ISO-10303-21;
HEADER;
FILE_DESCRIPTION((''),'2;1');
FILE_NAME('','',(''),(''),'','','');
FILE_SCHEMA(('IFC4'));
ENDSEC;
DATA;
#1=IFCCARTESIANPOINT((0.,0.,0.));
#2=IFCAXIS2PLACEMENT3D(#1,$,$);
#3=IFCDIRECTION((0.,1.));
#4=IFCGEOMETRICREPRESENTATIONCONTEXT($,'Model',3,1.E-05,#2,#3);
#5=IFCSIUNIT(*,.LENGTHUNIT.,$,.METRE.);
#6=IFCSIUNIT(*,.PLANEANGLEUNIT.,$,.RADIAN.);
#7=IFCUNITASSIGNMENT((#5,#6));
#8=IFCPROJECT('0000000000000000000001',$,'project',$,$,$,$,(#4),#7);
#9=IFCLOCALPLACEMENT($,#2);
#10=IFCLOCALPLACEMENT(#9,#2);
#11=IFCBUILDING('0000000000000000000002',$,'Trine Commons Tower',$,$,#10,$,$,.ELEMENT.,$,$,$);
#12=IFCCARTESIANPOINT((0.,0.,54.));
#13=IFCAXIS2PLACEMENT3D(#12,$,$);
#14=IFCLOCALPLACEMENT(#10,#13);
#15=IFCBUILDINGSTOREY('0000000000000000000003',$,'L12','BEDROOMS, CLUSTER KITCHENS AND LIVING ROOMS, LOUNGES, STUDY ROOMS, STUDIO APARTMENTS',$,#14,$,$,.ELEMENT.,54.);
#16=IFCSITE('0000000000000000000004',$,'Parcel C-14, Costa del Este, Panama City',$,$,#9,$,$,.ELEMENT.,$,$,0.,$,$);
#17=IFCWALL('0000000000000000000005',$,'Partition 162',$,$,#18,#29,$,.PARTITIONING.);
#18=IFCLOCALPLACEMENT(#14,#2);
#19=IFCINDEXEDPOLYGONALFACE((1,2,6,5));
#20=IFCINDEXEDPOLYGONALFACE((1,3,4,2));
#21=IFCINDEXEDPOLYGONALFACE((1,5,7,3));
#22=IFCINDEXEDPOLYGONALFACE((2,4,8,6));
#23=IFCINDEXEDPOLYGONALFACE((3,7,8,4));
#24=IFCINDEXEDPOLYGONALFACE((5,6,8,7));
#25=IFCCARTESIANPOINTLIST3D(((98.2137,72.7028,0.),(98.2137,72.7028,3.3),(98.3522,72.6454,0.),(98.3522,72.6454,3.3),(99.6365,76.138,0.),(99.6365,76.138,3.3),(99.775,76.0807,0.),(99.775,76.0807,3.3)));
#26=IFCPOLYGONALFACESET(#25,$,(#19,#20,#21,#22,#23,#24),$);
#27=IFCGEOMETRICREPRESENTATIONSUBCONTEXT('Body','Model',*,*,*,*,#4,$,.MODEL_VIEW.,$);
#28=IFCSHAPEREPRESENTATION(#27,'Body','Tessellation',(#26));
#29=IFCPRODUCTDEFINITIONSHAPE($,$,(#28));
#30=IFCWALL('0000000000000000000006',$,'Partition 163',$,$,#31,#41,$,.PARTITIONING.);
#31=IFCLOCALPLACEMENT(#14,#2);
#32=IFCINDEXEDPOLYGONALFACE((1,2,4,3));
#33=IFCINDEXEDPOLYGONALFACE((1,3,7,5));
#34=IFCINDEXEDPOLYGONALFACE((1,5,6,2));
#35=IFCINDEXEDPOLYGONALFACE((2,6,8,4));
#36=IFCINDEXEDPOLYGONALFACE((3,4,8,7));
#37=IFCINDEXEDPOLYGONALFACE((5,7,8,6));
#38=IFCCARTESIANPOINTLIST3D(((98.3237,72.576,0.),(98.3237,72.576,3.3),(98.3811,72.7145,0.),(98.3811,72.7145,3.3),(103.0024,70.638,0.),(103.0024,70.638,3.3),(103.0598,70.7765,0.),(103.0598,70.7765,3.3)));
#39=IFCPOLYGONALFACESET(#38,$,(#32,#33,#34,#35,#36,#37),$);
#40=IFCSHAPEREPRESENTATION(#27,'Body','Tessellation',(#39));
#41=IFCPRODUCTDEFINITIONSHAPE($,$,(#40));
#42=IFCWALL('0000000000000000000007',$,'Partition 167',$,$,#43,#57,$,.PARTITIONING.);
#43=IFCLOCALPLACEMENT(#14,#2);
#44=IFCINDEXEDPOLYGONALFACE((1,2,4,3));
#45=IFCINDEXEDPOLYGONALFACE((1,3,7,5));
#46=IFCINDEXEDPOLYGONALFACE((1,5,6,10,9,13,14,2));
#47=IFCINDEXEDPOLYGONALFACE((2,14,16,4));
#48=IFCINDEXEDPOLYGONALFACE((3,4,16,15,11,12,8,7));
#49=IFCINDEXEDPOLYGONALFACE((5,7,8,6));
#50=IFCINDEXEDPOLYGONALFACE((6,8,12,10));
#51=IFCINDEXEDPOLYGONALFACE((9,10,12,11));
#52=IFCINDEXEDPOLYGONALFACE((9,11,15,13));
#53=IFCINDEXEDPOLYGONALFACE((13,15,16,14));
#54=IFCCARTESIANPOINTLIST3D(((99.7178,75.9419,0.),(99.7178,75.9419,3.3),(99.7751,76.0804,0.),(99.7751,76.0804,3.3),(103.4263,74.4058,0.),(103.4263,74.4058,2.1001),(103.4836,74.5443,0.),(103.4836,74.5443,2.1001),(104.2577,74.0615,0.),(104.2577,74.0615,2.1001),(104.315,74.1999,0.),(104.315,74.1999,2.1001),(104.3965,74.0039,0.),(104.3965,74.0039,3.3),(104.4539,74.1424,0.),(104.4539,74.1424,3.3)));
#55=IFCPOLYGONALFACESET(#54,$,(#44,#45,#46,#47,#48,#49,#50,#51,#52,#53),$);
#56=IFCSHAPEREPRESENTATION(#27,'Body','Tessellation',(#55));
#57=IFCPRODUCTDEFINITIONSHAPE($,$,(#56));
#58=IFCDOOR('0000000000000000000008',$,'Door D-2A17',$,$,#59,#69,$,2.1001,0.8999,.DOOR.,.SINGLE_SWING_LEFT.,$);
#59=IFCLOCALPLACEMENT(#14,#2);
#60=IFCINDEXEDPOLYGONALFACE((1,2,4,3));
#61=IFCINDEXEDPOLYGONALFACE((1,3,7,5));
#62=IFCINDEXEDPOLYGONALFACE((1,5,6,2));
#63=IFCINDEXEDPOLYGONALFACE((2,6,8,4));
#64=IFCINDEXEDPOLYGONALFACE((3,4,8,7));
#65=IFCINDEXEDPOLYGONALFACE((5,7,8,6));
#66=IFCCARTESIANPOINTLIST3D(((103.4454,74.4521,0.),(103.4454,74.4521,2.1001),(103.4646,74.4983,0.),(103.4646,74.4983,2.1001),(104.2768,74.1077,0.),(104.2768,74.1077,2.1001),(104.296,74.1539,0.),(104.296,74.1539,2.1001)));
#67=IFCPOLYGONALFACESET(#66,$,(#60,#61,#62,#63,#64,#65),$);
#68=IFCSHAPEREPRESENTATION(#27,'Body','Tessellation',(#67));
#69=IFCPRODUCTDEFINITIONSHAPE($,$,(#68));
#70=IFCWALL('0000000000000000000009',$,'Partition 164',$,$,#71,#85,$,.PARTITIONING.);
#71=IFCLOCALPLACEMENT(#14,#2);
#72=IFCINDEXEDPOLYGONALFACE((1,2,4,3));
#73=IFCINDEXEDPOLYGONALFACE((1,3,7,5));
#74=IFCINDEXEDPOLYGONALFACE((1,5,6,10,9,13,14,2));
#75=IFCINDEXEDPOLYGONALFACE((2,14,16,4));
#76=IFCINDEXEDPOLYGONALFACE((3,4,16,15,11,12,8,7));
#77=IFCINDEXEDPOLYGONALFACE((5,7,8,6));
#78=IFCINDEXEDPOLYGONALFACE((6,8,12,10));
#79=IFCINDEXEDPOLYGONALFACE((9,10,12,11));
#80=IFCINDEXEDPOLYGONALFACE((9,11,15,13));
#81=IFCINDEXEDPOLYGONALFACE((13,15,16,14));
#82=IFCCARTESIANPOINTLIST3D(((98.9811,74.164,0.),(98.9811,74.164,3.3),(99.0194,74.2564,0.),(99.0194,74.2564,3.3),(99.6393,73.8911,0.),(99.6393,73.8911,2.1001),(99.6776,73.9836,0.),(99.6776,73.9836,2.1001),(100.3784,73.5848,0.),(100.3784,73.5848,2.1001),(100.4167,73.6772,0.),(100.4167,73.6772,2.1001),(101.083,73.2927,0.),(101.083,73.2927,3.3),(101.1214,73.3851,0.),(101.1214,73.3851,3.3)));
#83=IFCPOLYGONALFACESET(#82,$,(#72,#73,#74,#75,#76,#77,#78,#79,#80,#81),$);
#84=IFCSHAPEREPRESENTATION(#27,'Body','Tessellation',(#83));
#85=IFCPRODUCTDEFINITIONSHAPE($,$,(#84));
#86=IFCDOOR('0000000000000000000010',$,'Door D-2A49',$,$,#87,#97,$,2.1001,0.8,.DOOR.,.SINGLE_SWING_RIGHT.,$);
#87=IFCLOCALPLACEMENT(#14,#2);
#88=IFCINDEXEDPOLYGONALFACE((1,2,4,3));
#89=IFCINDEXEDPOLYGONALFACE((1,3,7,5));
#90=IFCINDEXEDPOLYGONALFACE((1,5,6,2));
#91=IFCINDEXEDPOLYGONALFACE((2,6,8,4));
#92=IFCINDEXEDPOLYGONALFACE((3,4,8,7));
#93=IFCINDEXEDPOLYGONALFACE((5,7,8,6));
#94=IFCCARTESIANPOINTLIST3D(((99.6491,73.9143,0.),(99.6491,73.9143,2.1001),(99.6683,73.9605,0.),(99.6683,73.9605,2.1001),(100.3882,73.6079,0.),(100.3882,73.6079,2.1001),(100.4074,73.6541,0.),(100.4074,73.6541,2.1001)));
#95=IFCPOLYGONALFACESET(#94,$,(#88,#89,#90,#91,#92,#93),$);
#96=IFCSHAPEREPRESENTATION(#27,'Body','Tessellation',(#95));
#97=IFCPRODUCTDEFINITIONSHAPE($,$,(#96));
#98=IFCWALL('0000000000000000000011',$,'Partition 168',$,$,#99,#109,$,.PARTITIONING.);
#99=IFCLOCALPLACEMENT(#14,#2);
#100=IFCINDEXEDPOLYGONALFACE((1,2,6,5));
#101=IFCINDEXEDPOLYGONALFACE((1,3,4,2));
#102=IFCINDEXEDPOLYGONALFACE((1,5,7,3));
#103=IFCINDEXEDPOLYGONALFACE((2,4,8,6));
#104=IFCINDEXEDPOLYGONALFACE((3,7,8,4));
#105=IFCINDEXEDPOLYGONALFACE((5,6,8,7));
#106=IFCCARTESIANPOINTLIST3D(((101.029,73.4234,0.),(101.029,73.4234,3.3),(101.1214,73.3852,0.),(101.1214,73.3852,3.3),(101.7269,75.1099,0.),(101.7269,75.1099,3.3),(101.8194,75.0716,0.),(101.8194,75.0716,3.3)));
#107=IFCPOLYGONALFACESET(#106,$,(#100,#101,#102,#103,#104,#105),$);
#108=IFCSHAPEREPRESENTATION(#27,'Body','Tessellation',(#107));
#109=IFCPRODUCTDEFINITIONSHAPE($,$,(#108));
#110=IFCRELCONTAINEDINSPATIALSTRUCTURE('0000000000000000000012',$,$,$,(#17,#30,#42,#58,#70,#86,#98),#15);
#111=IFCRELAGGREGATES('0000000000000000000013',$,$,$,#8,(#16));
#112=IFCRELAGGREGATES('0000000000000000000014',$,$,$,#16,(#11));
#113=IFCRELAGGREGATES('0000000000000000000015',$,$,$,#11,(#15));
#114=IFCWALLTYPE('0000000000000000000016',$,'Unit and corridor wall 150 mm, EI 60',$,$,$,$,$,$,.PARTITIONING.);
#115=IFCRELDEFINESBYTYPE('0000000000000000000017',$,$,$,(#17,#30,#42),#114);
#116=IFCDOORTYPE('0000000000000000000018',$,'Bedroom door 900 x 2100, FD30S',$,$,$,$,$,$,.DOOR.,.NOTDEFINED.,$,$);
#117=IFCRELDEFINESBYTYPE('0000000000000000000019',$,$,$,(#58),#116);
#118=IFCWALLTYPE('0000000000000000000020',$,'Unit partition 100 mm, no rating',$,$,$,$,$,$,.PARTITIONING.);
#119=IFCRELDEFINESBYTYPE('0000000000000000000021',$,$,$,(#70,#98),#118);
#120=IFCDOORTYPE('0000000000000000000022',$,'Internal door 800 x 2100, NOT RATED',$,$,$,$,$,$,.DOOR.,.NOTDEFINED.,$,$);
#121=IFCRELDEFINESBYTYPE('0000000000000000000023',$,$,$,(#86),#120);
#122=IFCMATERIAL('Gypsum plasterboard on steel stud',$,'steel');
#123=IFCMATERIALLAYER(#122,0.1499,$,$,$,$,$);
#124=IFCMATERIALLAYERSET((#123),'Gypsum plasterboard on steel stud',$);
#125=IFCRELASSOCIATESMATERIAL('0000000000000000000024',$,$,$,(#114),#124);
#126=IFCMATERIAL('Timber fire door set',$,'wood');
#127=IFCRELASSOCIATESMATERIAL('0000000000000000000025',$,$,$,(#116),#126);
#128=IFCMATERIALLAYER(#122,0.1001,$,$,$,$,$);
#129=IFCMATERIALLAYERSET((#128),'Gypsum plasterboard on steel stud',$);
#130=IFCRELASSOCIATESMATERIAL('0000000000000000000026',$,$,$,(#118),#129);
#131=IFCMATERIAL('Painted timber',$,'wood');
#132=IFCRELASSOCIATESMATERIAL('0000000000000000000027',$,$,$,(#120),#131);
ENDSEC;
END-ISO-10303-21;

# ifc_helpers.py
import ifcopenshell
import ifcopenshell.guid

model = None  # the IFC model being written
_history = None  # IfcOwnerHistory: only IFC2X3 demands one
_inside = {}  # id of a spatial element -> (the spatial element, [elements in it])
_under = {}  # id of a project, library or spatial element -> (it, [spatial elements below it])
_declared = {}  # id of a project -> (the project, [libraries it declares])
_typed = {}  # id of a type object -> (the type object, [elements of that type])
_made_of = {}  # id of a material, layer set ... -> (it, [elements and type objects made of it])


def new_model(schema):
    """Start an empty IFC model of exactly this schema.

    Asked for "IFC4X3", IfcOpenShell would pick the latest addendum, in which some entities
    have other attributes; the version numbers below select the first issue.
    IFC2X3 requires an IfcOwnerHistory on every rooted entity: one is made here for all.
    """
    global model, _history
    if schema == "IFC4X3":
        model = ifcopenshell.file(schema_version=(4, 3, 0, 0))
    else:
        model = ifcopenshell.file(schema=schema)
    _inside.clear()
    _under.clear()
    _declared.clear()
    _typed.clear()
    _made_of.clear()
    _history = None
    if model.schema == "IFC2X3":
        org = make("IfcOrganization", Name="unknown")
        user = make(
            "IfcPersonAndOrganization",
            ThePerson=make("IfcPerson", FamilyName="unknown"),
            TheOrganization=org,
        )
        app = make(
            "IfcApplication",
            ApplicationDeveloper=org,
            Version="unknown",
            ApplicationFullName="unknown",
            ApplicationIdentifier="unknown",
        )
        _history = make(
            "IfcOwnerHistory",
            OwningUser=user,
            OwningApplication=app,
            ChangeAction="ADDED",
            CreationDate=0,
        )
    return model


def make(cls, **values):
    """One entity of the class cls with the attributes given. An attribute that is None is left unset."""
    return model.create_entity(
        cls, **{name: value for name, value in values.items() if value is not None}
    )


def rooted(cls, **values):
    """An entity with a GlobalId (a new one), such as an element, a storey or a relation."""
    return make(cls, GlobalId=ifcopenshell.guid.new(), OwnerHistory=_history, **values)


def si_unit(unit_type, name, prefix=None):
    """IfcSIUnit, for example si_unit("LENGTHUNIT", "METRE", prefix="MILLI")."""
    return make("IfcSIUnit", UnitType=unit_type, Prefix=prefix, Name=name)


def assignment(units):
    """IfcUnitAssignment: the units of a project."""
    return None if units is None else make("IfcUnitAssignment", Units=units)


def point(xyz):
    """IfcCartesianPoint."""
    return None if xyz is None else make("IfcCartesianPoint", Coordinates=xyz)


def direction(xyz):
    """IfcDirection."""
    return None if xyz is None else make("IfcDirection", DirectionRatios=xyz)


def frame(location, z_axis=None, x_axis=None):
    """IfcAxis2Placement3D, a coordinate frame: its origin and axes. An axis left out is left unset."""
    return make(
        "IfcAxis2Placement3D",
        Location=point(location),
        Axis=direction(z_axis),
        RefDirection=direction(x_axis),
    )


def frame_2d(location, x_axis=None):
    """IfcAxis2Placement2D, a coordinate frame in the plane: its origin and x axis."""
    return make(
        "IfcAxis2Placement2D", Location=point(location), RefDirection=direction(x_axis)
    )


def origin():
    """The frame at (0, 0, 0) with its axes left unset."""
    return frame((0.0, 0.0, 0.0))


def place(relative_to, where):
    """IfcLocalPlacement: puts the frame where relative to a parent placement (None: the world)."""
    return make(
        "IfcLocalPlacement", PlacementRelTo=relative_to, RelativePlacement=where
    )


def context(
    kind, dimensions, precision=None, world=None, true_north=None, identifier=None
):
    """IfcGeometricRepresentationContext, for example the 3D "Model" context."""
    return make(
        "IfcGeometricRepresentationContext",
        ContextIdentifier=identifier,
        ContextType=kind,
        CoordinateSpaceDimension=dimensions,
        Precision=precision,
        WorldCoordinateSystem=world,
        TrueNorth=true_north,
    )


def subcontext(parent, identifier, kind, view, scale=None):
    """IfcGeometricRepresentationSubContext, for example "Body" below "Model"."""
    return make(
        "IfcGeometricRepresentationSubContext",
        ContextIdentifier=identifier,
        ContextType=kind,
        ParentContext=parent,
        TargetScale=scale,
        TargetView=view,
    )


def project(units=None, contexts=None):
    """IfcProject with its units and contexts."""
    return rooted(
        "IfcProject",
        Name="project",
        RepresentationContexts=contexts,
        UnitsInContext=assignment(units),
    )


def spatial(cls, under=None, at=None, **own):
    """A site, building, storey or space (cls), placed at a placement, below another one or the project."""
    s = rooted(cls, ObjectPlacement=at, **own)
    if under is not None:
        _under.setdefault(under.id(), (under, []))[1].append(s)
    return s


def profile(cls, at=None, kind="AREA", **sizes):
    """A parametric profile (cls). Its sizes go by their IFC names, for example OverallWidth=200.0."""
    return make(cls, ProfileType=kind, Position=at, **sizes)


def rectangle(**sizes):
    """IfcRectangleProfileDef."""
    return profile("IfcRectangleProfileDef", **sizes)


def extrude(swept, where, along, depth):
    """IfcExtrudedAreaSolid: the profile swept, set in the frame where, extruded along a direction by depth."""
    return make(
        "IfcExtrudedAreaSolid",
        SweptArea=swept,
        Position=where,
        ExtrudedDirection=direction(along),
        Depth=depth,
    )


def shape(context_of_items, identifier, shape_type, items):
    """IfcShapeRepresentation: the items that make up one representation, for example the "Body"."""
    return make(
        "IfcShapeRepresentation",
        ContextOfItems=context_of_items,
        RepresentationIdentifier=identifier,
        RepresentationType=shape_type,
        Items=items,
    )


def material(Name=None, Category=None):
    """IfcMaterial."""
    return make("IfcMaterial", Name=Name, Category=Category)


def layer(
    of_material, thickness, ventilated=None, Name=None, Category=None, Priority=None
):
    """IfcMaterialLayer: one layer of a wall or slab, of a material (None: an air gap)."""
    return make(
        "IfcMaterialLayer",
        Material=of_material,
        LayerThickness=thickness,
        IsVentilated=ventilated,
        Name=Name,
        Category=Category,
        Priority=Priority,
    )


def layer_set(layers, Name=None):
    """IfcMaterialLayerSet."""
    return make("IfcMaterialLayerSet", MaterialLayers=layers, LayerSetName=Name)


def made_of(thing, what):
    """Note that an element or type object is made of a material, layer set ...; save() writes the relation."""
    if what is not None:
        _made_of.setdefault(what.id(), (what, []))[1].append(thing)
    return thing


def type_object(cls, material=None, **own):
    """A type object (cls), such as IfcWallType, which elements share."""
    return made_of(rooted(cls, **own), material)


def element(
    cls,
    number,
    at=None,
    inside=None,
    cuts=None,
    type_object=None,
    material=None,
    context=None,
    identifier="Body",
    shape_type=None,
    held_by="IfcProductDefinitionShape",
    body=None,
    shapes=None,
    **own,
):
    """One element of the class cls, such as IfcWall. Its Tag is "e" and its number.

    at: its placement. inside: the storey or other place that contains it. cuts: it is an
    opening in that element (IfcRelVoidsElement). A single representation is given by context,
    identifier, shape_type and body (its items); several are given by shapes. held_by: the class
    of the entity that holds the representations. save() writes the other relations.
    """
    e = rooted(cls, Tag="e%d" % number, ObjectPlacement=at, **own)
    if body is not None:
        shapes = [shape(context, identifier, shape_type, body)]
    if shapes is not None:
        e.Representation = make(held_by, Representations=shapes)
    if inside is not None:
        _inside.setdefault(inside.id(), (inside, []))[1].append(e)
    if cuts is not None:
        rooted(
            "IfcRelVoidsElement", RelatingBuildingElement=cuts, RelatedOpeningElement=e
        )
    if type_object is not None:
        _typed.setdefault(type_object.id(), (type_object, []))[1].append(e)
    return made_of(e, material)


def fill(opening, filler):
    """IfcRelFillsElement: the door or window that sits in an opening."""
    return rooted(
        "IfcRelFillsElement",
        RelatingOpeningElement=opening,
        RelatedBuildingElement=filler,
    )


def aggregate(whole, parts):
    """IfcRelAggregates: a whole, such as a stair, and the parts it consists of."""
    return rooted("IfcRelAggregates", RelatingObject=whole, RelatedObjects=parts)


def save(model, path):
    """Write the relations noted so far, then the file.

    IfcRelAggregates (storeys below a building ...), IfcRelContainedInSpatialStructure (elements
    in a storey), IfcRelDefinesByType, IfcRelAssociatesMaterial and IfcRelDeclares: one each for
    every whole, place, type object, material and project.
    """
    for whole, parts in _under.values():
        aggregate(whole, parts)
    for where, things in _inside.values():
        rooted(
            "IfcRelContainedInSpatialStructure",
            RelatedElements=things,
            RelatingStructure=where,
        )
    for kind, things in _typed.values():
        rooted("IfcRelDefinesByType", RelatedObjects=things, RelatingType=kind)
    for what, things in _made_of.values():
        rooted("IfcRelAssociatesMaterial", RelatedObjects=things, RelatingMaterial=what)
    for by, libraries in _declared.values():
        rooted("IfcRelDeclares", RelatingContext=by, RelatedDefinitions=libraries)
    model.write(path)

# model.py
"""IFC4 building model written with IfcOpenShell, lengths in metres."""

from ifc_helpers import new_model, si_unit, direction, frame, frame_2d, origin, place, context, subcontext, project, spatial, rectangle, extrude, material, layer, layer_set, type_object, element, fill, save


model = new_model("IFC4")

# Units and contexts
model_context = context("Model", 3, precision=1e-05, world=origin(), true_north=direction((0.0, 1.0)))
body_context = subcontext(model_context, "Body", "Model", "MODEL_VIEW")
ifc_project = project(units=[si_unit("LENGTHUNIT", "METRE"), si_unit("PLANEANGLEUNIT", "RADIAN")], contexts=[model_context])

# Site, building, storey
site_placement = place(None, origin())
site = spatial("IfcSite", under=ifc_project, at=site_placement, Name="Parcel C-14, Costa del Este, Panama City", CompositionType="ELEMENT", RefElevation=0.0)
building_placement = place(site_placement, origin())
building = spatial("IfcBuilding", under=site, at=building_placement, Name="Trine Commons Tower", CompositionType="ELEMENT")
storey_placement = place(building_placement, frame((0.0, 0.0, 54.0)))
storey = spatial("IfcBuildingStorey", under=building, at=storey_placement, Name="L12", Description="BEDROOMS, CLUSTER KITCHENS AND LIVING ROOMS, LOUNGES, STUDY ROOMS, STUDIO APARTMENTS", CompositionType="ELEMENT", Elevation=54.0)

# Shared definitions
ifc_material_1 = material(Name="Gypsum plasterboard on steel stud", Category="steel")
ifc_layer_1 = layer(ifc_material_1, 0.1499)
ifc_layer_set_1 = layer_set([ifc_layer_1], Name="Gypsum plasterboard on steel stud")
wall_type_1 = type_object("IfcWallType", Name="Unit and corridor wall 150 mm, EI 60", PredefinedType="PARTITIONING", material=ifc_layer_set_1)

# Shared definitions
ifc_material_2 = material(Name="Timber fire door set", Category="wood")
door_type_1 = type_object("IfcDoorType", Name="Bedroom door 900 x 2100, FD30S", OperationType="NOTDEFINED", PredefinedType="DOOR", material=ifc_material_2)

# Walls
wall_1_placement = place(storey_placement, frame((98.283, 72.6741, 0.0), z_axis=(0.0, 0.0, 1.0), x_axis=(0.382661, 0.923889, 0.0)))
element("IfcWall", 1, at=wall_1_placement, inside=storey, type_object=wall_type_1, Name="Partition 162", PredefinedType="PARTITIONING", context=body_context, shape_type="SweptSolid", body=[
    extrude(rectangle(XDim=3.7183, YDim=0.1499, at=frame_2d((1.8591, 0.0))), origin(), (0.0, 0.0, 1.0), 3.3),
])
wall_2_placement = place(storey_placement, frame((98.3523, 72.6453, 0.0), z_axis=(0.0, 0.0, 1.0), x_axis=(0.923879, -0.382684, 0.0)))
element("IfcWall", 2, at=wall_2_placement, inside=storey, type_object=wall_type_1, Name="Partition 163", PredefinedType="PARTITIONING", context=body_context, shape_type="SweptSolid", body=[
    extrude(rectangle(XDim=5.0642, YDim=0.1499, at=frame_2d((2.5322, 0.0))), origin(), (0.0, 0.0, 1.0), 3.3),
])

# Walls, openings, doors
wall_3_placement = place(storey_placement, frame((99.7463, 76.0112, 0.0), z_axis=(0.0, 0.0, 1.0), x_axis=(0.923879, -0.382684, 0.0)))
wall_3 = element("IfcWall", 3, at=wall_3_placement, inside=storey, type_object=wall_type_1, Name="Partition 167", PredefinedType="PARTITIONING", context=body_context, shape_type="SweptSolid", body=[
    extrude(rectangle(XDim=5.0642, YDim=0.1499, at=frame_2d((2.5322, 0.0))), origin(), (0.0, 0.0, 1.0), 3.3),
])
opening_1_placement = place(wall_3_placement, frame((4.0142, 0.0, 0.0)))
opening_1 = element("IfcOpeningElement", 4, at=opening_1_placement, cuts=wall_3, PredefinedType="OPENING", context=body_context, shape_type="SweptSolid", body=[
    extrude(rectangle(XDim=0.8999, YDim=2.1001, at=frame_2d((0.45, 1.05))), frame((0.0, 0.085, 0.0), z_axis=(0.0, -1.0, 0.0), x_axis=(1.0, 0.0, 0.0)), (0.0, 0.0, 1.0), 0.1699),
])
door_1_placement = place(opening_1_placement, frame((0.8999, 0.0, 0.0), z_axis=(0.0, 0.0, 1.0), x_axis=(-1.0, 0.0, 0.0)))
door_1 = element("IfcDoor", 5, at=door_1_placement, inside=storey, type_object=door_type_1, Name="Door D-2A17", OperationType="SINGLE_SWING_LEFT", OverallHeight=2.1001, OverallWidth=0.8999, PredefinedType="DOOR", context=body_context, shape_type="SweptSolid", body=[
    extrude(rectangle(XDim=0.8999, YDim=2.1001, at=frame_2d((0.45, 1.05))), frame((0.0, 0.0249, 0.0), z_axis=(0.0, -1.0, 0.0), x_axis=(1.0, 0.0, 0.0)), (0.0, 0.0, 1.0), 0.05),
])
fill(opening_1, door_1)
ifc_layer_2 = layer(ifc_material_1, 0.1001)
ifc_layer_set_2 = layer_set([ifc_layer_2], Name="Gypsum plasterboard on steel stud")
wall_type_2 = type_object("IfcWallType", Name="Unit partition 100 mm, no rating", PredefinedType="PARTITIONING", material=ifc_layer_set_2)
wall_4_placement = place(storey_placement, frame((99.0002, 74.2102, 0.0), z_axis=(0.0, 0.0, 1.0), x_axis=(0.92378, -0.382923, 0.0)))
wall_4 = element("IfcWall", 6, at=wall_4_placement, inside=storey, type_object=wall_type_2, Name="Partition 164", PredefinedType="PARTITIONING", context=body_context, shape_type="SweptSolid", body=[
    extrude(rectangle(XDim=2.2754, YDim=0.1001, at=frame_2d((1.1377, 0.0))), origin(), (0.0, 0.0, 1.0), 3.3),
])
opening_2_placement = place(wall_4_placement, frame((0.7126, 0.0, 0.0)))
opening_2 = element("IfcOpeningElement", 7, at=opening_2_placement, cuts=wall_4, PredefinedType="OPENING", context=body_context, shape_type="SweptSolid", body=[
    extrude(rectangle(XDim=0.8, YDim=2.1001, at=frame_2d((0.3999, 1.05))), frame((0.0, 0.0601, 0.0), z_axis=(0.0, -1.0, 0.0), x_axis=(1.0, 0.0, 0.0)), (0.0, 0.0, 1.0), 0.1201),
])
ifc_material_3 = material(Name="Painted timber", Category="wood")
door_type_2 = type_object("IfcDoorType", Name="Internal door 800 x 2100, NOT RATED", OperationType="NOTDEFINED", PredefinedType="DOOR", material=ifc_material_3)
door_2_placement = place(opening_2_placement, frame((0.8, 0.0, 0.0), z_axis=(0.0, 0.0, 1.0), x_axis=(-1.0, 0.0, 0.0)))
door_2 = element("IfcDoor", 8, at=door_2_placement, inside=storey, type_object=door_type_2, Name="Door D-2A49", OperationType="SINGLE_SWING_RIGHT", OverallHeight=2.1001, OverallWidth=0.8, PredefinedType="DOOR", context=body_context, shape_type="SweptSolid", body=[
    extrude(rectangle(XDim=0.8, YDim=2.1001, at=frame_2d((0.3999, 1.05))), frame((0.0, 0.0249, 0.0), z_axis=(0.0, -1.0, 0.0), x_axis=(1.0, 0.0, 0.0)), (0.0, 0.0, 1.0), 0.05),
])
fill(opening_2, door_2)

# Wall
wall_5_placement = place(storey_placement, frame((101.0752, 73.4043, 0.0), z_axis=(0.0, 0.0, 1.0), x_axis=(0.382411, 0.923992, 0.0)))
element("IfcWall", 9, at=wall_5_placement, inside=storey, type_object=wall_type_2, Name="Partition 168", PredefinedType="PARTITIONING", context=body_context, shape_type="SweptSolid", body=[
    extrude(rectangle(XDim=1.8252, YDim=0.1001, at=frame_2d((0.9126, 0.0))), origin(), (0.0, 0.0, 1.0), 3.3),
])

save(model, "model.ifc")
